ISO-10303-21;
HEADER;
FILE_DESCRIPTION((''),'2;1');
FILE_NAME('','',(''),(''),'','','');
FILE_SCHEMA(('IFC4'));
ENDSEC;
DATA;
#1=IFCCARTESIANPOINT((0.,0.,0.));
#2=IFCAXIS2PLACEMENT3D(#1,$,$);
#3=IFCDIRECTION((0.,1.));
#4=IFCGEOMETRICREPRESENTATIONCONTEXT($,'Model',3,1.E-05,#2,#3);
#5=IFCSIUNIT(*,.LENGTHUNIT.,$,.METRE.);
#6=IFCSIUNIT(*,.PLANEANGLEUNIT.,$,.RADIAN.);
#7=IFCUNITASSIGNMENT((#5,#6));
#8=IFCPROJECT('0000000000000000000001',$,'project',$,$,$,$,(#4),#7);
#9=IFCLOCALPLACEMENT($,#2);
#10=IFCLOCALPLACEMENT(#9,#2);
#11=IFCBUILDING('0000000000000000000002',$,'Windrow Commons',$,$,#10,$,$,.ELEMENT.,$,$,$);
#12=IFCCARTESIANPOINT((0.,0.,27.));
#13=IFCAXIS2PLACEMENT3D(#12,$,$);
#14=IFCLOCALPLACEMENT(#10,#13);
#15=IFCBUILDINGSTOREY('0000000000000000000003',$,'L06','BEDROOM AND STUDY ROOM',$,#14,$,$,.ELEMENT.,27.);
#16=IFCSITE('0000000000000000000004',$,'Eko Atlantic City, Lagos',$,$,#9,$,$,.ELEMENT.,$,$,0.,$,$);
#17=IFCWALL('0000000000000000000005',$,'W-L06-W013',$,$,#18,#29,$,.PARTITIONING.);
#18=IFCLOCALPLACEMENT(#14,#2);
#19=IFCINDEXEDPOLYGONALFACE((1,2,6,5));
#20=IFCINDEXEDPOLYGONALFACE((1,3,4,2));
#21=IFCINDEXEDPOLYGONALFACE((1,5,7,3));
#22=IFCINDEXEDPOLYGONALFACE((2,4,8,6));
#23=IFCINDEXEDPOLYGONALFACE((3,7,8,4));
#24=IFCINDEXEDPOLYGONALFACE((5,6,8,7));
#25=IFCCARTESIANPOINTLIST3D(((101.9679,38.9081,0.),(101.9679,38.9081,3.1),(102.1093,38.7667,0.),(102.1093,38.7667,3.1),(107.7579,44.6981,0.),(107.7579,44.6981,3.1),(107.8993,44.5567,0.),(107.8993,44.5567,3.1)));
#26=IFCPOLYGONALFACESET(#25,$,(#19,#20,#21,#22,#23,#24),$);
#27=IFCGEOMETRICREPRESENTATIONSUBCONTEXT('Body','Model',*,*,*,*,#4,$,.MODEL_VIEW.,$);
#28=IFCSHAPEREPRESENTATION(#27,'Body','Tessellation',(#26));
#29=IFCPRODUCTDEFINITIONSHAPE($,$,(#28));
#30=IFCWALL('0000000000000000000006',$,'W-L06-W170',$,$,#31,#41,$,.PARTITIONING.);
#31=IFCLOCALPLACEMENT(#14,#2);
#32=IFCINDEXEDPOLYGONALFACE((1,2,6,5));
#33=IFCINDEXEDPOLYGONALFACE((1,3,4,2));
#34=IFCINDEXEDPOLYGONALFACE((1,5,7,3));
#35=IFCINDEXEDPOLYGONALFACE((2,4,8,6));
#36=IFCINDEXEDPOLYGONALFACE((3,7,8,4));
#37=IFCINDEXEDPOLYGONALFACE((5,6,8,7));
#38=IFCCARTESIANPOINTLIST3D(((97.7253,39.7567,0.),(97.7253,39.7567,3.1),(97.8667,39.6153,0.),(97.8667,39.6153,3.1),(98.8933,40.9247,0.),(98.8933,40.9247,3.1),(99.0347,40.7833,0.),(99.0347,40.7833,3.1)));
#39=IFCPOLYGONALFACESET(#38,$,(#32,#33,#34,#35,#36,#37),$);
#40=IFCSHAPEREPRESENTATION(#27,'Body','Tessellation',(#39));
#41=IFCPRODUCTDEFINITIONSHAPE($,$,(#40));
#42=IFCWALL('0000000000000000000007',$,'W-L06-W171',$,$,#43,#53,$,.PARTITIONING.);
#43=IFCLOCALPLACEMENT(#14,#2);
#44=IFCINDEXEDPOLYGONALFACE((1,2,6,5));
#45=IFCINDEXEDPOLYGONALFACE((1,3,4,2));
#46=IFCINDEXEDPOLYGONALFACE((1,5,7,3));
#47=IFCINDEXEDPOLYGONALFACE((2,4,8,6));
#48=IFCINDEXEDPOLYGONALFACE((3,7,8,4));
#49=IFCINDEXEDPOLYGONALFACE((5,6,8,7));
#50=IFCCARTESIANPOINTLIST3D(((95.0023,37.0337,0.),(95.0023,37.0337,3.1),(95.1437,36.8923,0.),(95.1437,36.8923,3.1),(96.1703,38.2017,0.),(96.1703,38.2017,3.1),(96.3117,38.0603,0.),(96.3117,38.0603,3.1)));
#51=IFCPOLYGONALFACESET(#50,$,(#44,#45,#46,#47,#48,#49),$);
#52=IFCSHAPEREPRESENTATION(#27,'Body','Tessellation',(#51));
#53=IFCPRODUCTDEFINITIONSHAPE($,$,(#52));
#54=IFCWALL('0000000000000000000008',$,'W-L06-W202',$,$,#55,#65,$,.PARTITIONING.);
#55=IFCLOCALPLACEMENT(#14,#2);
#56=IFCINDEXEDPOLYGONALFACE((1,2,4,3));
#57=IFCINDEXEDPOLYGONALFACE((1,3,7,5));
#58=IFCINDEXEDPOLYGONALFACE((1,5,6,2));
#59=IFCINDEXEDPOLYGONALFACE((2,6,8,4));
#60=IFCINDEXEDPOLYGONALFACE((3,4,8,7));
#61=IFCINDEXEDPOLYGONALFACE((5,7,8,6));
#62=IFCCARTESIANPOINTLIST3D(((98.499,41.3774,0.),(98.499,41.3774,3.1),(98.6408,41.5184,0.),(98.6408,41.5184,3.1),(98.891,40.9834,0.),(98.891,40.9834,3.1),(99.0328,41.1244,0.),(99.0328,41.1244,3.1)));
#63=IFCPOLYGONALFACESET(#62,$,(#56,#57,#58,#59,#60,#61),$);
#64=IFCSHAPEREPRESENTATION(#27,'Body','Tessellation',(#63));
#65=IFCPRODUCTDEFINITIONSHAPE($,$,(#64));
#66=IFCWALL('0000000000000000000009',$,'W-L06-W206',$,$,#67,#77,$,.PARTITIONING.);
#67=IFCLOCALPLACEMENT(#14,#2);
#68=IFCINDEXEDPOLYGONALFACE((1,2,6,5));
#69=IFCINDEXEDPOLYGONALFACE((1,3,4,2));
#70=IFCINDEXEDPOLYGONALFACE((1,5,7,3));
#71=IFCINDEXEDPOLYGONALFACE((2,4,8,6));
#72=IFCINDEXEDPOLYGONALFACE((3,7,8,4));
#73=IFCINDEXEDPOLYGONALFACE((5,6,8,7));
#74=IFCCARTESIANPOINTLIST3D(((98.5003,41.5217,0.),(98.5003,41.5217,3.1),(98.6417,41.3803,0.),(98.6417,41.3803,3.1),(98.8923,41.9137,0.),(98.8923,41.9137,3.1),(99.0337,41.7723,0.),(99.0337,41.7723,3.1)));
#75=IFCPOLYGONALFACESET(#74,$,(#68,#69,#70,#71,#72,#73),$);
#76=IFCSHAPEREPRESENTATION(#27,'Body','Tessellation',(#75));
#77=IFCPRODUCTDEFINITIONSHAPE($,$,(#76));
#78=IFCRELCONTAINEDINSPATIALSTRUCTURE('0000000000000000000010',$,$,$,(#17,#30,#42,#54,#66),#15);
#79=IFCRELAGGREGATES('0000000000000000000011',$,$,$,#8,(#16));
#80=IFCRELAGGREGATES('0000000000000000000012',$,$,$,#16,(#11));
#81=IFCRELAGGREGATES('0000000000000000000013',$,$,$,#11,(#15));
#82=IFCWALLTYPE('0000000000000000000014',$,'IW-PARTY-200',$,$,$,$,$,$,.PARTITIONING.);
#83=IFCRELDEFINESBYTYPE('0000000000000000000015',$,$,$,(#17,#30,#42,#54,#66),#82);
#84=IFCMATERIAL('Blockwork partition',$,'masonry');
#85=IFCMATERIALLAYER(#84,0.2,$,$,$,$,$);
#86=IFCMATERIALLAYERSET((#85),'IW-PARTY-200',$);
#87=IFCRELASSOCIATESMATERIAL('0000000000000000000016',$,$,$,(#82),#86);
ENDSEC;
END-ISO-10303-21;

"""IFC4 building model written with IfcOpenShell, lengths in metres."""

from ifc_helpers import new_model, si_unit, direction, frame, frame_2d, origin, place, context, subcontext, project, spatial, rectangle, extrude, material, layer, layer_set, type_object, element, save


model = new_model("IFC4")

# Units and contexts
model_context = context("Model", 3, precision=1e-05, world=origin(), true_north=direction((0.0, 1.0)))
body_context = subcontext(model_context, "Body", "Model", "MODEL_VIEW")
ifc_project = project(units=[si_unit("LENGTHUNIT", "METRE"), si_unit("PLANEANGLEUNIT", "RADIAN")], contexts=[model_context])

# Site, building, storey
site_placement = place(None, origin())
site = spatial("IfcSite", under=ifc_project, at=site_placement, Name="Eko Atlantic City, Lagos", CompositionType="ELEMENT", RefElevation=0.0)
building_placement = place(site_placement, origin())
building = spatial("IfcBuilding", under=site, at=building_placement, Name="Windrow Commons", CompositionType="ELEMENT")
storey_placement = place(building_placement, frame((0.0, 0.0, 27.0)))
storey = spatial("IfcBuildingStorey", under=building, at=storey_placement, Name="L06", Description="BEDROOM AND STUDY ROOM", CompositionType="ELEMENT", Elevation=27.0)

# Walls
ifc_material_1 = material(Name="Blockwork partition", Category="masonry")
ifc_layer_1 = layer(ifc_material_1, 0.2)
ifc_layer_set_1 = layer_set([ifc_layer_1], Name="IW-PARTY-200")
wall_type_1 = type_object("IfcWallType", Name="IW-PARTY-200", PredefinedType="PARTITIONING", material=ifc_layer_set_1)
wall_1_placement = place(storey_placement, frame((102.0386, 38.8374, 0.0), z_axis=(0.0, 0.0, 1.0), x_axis=(0.707107, 0.707107, 0.0)))
element("IfcWall", 1, at=wall_1_placement, inside=storey, type_object=wall_type_1, Name="W-L06-W013", PredefinedType="PARTITIONING", context=body_context, shape_type="SweptSolid", body=[
    extrude(rectangle(XDim=8.1883, YDim=0.2, at=frame_2d((4.0941, 0.0))), origin(), (0.0, 0.0, 1.0), 3.1),
])
for number, where, z_axis, x_axis, name in (
    (2, (97.796, 39.686, 0.0), (0.0, 0.0, 1.0), (0.707107, 0.707107, 0.0), "W-L06-W170"),
    (3, (95.073, 36.963, 0.0), (0.0, 0.0, 1.0), (0.707107, 0.707107, 0.0), "W-L06-W171"),
):
    element("IfcWall", number, at=place(storey_placement, frame(where, z_axis=z_axis, x_axis=x_axis)), inside=storey, type_object=wall_type_1, Name=name, PredefinedType="PARTITIONING", context=body_context, shape_type="SweptSolid", body=[
        extrude(rectangle(XDim=1.6518, YDim=0.2, at=frame_2d((0.8259, 0.0))), origin(), (0.0, 0.0, 1.0), 3.1),
    ])
wall_2_placement = place(storey_placement, frame((98.5699, 41.4479, 0.0), z_axis=(0.0, 0.0, 1.0), x_axis=(0.705305, -0.708904, 0.0)))
element("IfcWall", 4, at=wall_2_placement, inside=storey, type_object=wall_type_1, Name="W-L06-W202", PredefinedType="PARTITIONING", context=body_context, shape_type="SweptSolid", body=[
    extrude(rectangle(XDim=0.5558, YDim=0.2, at=frame_2d((0.2779, 0.0))), origin(), (0.0, 0.0, 1.0), 3.1),
])
wall_3_placement = place(storey_placement, frame((98.571, 41.451, 0.0), z_axis=(0.0, 0.0, 1.0), x_axis=(0.707107, 0.707107, 0.0)))
element("IfcWall", 5, at=wall_3_placement, inside=storey, type_object=wall_type_1, Name="W-L06-W206", PredefinedType="PARTITIONING", context=body_context, shape_type="SweptSolid", body=[
    extrude(rectangle(XDim=0.5544, YDim=0.2, at=frame_2d((0.2772, 0.0))), origin(), (0.0, 0.0, 1.0), 3.1),
])

save(model, "model.ifc")
